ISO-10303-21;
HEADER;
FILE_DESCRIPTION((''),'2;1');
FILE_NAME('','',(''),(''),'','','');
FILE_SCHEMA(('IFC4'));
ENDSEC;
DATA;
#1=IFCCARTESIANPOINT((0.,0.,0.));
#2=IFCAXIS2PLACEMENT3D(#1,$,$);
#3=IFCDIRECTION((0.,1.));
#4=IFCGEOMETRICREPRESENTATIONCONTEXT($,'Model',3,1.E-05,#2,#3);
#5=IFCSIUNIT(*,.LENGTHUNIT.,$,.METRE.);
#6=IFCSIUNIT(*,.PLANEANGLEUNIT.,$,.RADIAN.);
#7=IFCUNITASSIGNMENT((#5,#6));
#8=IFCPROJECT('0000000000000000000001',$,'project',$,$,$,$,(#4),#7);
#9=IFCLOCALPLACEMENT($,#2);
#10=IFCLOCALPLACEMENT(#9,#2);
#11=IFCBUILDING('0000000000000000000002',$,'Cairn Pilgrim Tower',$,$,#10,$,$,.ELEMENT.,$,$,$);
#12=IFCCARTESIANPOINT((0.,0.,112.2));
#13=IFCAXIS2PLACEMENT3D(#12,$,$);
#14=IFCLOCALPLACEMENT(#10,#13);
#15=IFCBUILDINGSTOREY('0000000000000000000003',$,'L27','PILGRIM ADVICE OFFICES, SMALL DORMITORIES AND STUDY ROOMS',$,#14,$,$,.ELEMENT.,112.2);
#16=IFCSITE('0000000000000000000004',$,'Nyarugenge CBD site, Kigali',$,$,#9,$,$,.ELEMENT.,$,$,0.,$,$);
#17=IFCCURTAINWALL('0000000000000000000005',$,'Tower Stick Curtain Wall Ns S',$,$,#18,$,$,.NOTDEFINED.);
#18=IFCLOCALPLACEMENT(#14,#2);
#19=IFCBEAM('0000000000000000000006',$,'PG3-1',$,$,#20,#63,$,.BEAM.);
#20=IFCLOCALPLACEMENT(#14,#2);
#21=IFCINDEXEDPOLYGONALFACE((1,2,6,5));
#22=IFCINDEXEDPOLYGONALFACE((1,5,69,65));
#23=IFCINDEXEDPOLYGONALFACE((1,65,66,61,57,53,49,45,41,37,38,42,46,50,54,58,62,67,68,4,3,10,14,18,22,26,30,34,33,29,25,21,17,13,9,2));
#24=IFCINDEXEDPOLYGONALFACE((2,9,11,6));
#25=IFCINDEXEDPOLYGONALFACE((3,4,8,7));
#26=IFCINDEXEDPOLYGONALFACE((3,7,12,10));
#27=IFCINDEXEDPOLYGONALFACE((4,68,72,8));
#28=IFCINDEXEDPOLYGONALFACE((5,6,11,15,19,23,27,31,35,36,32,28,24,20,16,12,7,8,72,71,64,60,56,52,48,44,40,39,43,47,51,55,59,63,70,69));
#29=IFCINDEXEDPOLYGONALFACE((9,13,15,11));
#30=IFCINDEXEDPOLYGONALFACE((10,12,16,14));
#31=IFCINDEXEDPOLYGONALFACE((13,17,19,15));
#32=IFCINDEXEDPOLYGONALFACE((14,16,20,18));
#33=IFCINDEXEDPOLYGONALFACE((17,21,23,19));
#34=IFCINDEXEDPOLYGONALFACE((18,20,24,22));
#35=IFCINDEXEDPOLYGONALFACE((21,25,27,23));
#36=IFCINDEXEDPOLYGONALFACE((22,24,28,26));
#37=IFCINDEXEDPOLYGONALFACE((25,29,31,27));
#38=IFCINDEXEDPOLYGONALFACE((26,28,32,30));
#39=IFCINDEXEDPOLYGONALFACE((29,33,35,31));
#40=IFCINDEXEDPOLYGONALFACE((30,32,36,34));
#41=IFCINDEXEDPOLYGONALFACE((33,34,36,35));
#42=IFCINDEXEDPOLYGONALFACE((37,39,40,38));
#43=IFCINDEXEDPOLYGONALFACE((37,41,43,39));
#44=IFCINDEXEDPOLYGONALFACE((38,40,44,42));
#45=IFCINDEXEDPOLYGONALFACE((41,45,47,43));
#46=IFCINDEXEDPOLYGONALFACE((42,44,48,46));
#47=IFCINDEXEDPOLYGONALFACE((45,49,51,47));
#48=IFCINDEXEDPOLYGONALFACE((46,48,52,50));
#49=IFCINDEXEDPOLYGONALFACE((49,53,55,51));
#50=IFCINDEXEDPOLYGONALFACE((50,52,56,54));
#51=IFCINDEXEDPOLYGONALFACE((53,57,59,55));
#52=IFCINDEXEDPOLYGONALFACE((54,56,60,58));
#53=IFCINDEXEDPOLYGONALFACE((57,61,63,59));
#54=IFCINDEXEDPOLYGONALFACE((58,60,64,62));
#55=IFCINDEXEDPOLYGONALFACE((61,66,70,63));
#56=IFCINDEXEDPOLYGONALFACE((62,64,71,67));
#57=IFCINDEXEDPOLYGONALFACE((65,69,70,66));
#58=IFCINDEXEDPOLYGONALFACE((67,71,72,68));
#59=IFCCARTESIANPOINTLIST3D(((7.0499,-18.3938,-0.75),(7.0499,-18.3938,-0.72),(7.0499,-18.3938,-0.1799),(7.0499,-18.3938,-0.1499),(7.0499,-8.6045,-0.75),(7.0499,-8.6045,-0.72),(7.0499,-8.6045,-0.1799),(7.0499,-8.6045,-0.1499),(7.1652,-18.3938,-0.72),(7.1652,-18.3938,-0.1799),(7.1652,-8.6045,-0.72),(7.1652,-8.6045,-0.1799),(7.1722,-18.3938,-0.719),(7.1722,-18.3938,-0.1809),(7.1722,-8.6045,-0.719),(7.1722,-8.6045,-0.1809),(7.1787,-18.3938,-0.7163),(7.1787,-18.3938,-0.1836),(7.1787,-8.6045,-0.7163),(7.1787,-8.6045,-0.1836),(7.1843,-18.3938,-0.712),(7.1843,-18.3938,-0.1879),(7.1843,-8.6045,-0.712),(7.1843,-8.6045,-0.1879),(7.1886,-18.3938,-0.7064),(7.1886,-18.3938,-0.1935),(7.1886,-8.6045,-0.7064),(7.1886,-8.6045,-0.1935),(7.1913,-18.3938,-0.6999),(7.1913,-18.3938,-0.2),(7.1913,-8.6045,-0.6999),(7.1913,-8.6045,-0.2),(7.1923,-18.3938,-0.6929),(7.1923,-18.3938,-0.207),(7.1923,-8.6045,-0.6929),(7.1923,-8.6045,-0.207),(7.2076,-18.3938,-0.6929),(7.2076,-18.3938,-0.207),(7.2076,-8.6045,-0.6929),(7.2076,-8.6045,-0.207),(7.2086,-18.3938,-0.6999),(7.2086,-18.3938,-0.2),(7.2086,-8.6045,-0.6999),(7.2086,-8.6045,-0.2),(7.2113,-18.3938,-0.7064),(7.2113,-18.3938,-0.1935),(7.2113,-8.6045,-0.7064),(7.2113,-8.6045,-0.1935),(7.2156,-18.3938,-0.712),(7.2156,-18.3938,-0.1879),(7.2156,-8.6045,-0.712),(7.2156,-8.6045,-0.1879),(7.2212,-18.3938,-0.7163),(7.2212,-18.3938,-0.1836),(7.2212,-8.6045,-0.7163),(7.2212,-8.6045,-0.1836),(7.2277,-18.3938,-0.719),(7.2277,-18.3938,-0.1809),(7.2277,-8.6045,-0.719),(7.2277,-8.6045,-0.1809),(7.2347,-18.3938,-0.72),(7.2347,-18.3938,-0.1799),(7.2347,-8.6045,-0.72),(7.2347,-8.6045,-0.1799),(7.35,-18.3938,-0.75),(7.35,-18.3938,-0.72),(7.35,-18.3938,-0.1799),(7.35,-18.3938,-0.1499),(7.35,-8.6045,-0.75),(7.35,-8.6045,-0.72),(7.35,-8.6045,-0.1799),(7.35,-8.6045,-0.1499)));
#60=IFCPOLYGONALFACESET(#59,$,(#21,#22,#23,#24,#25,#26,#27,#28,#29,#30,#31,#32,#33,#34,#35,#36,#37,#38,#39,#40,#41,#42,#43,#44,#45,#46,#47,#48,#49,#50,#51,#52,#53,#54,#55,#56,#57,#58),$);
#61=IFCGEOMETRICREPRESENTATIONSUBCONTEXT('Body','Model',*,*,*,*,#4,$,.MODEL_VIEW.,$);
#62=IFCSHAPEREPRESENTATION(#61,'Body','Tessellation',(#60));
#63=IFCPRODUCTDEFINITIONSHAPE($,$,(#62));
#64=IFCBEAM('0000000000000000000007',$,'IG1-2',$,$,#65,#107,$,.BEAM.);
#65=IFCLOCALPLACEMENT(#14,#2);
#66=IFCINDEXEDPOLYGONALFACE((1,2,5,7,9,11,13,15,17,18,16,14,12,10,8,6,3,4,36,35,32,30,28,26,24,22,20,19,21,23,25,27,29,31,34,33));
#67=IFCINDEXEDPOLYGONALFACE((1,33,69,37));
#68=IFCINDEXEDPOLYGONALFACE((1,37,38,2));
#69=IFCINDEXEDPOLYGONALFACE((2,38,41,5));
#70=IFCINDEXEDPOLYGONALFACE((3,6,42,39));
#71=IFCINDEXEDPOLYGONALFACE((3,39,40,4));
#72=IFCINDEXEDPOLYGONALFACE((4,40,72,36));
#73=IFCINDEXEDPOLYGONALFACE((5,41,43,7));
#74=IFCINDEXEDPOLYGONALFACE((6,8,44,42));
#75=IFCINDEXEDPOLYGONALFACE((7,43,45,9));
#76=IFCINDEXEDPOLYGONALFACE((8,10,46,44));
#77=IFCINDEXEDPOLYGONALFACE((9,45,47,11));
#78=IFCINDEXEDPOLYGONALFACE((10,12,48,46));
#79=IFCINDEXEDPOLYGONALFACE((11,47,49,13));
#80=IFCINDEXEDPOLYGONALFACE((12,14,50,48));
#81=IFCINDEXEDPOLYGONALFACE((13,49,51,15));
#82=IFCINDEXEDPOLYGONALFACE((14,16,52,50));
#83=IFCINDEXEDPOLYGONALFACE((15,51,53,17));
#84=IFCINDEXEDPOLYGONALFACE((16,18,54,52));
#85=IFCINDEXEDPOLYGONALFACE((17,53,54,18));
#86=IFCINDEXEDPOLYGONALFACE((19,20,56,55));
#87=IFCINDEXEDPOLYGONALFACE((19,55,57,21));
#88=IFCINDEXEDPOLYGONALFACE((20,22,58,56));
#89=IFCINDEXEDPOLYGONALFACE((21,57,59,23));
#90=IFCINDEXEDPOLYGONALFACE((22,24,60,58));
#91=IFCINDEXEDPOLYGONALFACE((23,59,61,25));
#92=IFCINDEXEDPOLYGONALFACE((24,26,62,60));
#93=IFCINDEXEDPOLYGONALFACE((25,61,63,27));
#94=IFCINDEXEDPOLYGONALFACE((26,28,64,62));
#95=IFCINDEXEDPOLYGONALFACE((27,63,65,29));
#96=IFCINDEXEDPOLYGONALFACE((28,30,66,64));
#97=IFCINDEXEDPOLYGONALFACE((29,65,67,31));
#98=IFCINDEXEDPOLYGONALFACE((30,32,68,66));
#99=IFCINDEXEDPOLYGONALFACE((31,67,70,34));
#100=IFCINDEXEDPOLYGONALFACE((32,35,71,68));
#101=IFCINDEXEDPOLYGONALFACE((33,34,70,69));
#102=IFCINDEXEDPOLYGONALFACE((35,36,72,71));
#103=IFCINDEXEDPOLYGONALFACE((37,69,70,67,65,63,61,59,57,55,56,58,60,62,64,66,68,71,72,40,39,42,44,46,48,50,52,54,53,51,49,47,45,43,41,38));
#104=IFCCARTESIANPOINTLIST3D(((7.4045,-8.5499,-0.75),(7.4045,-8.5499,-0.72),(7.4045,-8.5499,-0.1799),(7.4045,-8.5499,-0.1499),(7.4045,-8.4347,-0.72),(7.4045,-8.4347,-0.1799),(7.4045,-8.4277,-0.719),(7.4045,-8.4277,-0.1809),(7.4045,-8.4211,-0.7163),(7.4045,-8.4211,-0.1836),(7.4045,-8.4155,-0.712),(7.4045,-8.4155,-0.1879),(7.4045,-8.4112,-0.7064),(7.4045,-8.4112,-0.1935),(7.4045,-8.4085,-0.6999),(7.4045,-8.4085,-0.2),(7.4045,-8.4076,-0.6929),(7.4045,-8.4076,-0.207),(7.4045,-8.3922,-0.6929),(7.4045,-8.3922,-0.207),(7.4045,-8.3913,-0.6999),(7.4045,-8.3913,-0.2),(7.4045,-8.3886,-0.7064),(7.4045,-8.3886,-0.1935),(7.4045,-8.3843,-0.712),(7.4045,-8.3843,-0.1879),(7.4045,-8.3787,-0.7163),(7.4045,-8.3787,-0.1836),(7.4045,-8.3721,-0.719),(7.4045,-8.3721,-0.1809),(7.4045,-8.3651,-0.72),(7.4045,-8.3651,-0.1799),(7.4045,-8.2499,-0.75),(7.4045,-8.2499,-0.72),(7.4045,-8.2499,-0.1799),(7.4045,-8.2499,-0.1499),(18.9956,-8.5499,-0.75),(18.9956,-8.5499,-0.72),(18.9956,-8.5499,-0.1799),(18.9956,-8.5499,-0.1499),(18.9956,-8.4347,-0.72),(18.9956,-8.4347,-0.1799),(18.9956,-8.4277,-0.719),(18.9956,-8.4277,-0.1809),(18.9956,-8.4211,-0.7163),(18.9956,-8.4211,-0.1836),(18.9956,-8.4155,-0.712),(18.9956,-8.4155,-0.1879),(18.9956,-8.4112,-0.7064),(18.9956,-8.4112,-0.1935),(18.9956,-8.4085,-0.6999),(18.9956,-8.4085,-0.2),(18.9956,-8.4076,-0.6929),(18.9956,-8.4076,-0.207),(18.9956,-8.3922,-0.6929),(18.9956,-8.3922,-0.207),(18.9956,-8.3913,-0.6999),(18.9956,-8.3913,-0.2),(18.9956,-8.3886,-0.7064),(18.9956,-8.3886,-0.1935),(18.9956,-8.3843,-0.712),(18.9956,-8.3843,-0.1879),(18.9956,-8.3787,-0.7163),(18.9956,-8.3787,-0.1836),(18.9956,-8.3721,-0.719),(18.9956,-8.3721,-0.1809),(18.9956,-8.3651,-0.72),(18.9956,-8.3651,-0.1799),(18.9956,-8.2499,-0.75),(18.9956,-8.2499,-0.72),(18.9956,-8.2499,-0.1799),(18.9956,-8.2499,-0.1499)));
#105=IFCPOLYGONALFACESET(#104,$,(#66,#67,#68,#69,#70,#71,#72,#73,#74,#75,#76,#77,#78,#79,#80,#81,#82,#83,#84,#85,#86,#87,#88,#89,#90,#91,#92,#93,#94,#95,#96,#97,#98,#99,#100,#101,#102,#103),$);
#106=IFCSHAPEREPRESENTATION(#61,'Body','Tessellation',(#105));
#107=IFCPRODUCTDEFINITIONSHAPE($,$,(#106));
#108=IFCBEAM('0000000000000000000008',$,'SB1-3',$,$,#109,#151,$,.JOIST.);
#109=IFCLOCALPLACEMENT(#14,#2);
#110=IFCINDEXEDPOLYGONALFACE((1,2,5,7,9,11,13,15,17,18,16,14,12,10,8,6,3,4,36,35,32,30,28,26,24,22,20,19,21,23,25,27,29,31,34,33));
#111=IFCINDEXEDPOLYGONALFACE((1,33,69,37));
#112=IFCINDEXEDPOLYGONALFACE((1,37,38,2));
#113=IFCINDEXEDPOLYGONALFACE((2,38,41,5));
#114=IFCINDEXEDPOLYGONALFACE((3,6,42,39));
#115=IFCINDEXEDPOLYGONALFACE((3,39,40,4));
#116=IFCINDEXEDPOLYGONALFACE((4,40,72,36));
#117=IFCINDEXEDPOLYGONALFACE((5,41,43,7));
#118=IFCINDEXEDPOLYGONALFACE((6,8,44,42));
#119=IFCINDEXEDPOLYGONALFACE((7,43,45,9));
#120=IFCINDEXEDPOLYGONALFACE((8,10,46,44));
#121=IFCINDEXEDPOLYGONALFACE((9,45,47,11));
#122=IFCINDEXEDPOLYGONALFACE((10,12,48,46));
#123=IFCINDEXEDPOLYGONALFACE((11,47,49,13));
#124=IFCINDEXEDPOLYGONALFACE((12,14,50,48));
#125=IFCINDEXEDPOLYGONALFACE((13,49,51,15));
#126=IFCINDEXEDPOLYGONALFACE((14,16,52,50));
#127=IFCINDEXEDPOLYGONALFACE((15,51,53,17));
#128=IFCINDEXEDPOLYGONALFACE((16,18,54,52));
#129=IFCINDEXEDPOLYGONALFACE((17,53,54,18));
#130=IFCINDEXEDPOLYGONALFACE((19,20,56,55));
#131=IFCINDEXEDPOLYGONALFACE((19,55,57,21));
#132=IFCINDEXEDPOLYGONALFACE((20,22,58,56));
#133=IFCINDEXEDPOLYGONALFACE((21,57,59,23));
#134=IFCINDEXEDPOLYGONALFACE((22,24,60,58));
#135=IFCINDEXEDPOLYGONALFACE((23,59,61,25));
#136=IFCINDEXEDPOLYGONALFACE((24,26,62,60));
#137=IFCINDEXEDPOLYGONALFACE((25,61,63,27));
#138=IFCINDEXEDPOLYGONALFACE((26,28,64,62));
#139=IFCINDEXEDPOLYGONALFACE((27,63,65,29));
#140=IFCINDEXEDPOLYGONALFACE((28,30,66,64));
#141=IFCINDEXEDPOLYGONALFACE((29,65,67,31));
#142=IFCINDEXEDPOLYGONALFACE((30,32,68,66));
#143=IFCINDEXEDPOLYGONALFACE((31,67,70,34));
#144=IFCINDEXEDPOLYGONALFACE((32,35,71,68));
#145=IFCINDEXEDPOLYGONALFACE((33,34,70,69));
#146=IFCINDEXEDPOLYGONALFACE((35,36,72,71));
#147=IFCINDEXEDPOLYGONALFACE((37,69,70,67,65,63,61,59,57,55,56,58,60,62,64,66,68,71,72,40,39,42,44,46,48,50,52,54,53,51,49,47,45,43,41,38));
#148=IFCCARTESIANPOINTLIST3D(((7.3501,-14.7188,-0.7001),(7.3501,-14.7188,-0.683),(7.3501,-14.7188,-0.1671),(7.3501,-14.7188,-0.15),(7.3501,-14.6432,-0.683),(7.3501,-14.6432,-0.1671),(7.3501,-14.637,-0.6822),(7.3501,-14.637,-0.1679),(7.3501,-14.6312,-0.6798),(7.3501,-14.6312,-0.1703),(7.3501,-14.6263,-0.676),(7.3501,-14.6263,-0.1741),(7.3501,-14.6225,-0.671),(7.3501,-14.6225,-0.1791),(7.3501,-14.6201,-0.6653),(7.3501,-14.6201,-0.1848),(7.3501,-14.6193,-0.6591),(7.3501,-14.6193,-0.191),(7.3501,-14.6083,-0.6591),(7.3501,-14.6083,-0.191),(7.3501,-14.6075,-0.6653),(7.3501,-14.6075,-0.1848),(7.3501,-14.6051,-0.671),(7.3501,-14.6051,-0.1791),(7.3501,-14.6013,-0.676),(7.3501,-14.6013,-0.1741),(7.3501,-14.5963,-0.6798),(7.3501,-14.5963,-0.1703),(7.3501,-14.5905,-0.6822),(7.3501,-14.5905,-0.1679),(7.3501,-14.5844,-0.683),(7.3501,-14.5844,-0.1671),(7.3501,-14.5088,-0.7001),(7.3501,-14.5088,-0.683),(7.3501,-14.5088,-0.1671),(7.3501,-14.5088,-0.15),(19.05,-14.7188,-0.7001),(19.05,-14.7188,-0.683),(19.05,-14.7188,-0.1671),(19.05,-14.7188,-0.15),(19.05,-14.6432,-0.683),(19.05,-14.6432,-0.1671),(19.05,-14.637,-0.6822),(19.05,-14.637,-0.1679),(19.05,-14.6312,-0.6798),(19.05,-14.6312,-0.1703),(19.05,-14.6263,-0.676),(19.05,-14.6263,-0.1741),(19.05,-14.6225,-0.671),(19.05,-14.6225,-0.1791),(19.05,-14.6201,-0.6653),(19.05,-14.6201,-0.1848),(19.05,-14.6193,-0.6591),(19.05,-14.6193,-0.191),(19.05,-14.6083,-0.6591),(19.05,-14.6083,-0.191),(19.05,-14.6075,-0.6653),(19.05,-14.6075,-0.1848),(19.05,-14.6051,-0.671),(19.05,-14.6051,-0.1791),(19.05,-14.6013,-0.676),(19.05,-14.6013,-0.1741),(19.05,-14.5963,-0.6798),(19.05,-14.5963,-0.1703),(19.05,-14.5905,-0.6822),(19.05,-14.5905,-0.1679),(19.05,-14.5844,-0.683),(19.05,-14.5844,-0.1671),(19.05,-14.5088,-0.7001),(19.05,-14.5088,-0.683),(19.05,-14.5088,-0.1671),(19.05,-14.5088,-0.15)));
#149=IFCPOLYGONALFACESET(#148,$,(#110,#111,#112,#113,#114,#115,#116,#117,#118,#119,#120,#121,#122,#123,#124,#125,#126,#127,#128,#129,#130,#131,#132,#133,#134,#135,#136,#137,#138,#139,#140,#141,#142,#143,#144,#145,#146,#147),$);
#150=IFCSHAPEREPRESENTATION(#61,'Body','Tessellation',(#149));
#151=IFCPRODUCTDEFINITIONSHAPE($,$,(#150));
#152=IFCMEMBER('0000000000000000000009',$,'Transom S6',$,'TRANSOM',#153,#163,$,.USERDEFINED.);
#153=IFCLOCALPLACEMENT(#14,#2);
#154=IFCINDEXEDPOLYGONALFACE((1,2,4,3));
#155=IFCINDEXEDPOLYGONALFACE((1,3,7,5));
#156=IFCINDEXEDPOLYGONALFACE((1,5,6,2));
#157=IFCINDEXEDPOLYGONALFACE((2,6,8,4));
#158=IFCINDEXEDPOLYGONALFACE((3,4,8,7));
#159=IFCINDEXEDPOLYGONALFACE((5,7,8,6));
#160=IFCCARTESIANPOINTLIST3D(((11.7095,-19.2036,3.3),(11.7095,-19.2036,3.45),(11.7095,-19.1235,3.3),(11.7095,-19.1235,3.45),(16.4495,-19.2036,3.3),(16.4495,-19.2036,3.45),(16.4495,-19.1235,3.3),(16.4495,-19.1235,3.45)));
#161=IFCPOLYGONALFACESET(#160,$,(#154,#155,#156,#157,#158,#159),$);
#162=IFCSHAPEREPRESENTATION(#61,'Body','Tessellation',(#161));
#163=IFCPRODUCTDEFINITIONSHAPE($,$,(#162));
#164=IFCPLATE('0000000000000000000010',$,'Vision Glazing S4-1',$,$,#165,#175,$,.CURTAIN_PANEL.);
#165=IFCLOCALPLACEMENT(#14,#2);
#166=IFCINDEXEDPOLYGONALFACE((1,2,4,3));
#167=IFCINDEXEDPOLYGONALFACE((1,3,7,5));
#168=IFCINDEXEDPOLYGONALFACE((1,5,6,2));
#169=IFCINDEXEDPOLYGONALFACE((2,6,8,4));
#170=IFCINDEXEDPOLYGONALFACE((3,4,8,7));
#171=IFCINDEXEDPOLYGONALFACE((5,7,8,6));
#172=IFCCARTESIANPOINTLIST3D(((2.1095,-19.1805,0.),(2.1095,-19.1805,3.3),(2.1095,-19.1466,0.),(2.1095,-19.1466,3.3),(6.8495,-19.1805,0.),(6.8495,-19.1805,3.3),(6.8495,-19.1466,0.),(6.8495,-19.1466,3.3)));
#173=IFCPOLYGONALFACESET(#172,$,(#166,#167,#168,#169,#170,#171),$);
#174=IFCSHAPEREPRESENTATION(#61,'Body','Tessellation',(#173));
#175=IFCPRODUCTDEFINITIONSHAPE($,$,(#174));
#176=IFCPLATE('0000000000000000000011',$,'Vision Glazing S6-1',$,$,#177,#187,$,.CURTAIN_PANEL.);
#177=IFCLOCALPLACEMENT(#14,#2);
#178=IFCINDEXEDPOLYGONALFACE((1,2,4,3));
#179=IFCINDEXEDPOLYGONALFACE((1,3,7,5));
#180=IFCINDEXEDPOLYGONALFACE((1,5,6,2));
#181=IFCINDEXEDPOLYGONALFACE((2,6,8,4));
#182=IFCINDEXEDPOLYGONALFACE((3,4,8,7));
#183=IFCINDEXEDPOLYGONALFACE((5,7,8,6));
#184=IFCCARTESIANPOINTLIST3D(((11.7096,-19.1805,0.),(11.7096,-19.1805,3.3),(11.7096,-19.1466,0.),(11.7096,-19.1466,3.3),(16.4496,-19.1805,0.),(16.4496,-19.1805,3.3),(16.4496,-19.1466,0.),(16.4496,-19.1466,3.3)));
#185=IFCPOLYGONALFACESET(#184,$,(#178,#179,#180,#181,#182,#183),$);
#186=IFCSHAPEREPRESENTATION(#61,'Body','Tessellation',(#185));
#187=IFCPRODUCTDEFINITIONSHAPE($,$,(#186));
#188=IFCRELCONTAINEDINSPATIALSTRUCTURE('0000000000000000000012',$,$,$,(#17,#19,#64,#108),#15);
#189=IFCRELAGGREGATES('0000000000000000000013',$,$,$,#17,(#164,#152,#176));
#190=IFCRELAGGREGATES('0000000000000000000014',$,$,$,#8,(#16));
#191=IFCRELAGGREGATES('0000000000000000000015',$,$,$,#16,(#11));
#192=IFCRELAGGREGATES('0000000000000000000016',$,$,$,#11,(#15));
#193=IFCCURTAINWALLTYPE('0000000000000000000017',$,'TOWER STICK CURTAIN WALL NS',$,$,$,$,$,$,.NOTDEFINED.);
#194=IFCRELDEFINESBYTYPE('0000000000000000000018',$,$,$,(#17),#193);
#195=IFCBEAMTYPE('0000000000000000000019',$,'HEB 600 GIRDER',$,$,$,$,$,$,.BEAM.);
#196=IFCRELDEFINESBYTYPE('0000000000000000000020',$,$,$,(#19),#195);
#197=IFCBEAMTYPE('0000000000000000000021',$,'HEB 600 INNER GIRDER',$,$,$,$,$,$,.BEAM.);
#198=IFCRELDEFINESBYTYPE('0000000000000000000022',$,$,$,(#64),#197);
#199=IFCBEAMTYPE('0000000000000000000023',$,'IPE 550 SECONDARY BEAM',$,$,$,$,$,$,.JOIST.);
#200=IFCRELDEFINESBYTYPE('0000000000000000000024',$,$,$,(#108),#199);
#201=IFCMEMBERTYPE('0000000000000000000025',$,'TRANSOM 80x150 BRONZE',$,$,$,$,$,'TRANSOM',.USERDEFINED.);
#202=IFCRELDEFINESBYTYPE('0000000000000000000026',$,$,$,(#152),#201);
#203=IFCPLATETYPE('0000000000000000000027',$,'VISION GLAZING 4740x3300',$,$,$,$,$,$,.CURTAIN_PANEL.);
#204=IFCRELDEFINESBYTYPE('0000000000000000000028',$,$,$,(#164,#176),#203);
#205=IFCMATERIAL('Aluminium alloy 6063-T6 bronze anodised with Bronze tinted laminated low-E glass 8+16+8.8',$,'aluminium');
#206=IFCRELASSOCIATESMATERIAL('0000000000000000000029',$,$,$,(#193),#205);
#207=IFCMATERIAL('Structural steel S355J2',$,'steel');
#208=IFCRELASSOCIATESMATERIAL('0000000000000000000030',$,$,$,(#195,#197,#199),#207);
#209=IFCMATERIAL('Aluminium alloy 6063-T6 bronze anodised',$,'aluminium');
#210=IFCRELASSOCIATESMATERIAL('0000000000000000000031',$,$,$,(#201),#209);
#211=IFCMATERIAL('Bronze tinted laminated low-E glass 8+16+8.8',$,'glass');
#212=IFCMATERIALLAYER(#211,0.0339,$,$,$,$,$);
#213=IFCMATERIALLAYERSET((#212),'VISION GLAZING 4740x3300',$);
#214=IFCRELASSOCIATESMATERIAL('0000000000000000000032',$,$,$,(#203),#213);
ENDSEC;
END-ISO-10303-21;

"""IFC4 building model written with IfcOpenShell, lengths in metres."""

from ifc_helpers import new_model, si_unit, direction, frame, origin, origin_2d, place, context, subcontext, project, spatial, rectangle, i_section, extrude, material, layer, layer_set, material_profile, profile_set, type_object, element, aggregate, save


model = new_model("IFC4")

# Units and contexts
model_context = context("Model", 3, precision=1e-05, world=origin(), true_north=direction((0.0, 1.0)))
body_context = subcontext(model_context, "Body", "Model", "MODEL_VIEW")
ifc_project = project(units=[si_unit("LENGTHUNIT", "METRE"), si_unit("PLANEANGLEUNIT", "RADIAN")], contexts=[model_context])

# Site, building, storey
site_placement = place(None, origin())
site = spatial("IfcSite", under=ifc_project, at=site_placement, Name="Nyarugenge CBD site, Kigali", CompositionType="ELEMENT", RefElevation=0.0)
building_placement = place(site_placement, origin())
building = spatial("IfcBuilding", under=site, at=building_placement, Name="Cairn Pilgrim Tower", CompositionType="ELEMENT")
storey_placement = place(building_placement, frame((0.0, 0.0, 112.2)))
storey = spatial("IfcBuildingStorey", under=building, at=storey_placement, Name="L27", Description="PILGRIM ADVICE OFFICES, SMALL DORMITORIES AND STUDY ROOMS", CompositionType="ELEMENT", Elevation=112.2)

# Curtain wall
ifc_material_1 = material(Name="Aluminium alloy 6063-T6 bronze anodised with Bronze tinted laminated low-E glass 8+16+8.8", Category="aluminium")
curtain_wall_type = type_object("IfcCurtainWallType", Name="TOWER STICK CURTAIN WALL NS", PredefinedType="NOTDEFINED", material=ifc_material_1)
curtain_wall_placement = place(storey_placement, origin())
curtain_wall = element("IfcCurtainWall", 1, at=curtain_wall_placement, inside=storey, type_object=curtain_wall_type, Name="Tower Stick Curtain Wall Ns S", PredefinedType="NOTDEFINED")
ifc_material_2 = material(Name="Aluminium alloy 6063-T6 bronze anodised", Category="aluminium")

# Beams
ifc_material_3 = material(Name="Structural steel S355J2", Category="steel")
ifc_material_profile_1 = material_profile(ifc_material_3, i_section(OverallWidth=0.3, OverallDepth=0.6001, WebThickness=0.0154, FlangeThickness=0.03, FilletRadius=0.0271, at=origin_2d()), Name="HEB 600")
ifc_profile_set_1 = profile_set([ifc_material_profile_1], Name="Structural steel S355J2")
beam_type_1 = type_object("IfcBeamType", Name="HEB 600 GIRDER", PredefinedType="BEAM", material=ifc_profile_set_1)
beam_1_placement = place(storey_placement, frame((7.2, -18.3938, -0.45), z_axis=(0.0, 1.0, 0.0), x_axis=(-1.0, 0.0, 0.0)))
element("IfcBeam", 2, at=beam_1_placement, inside=storey, type_object=beam_type_1, Name="PG3-1", PredefinedType="BEAM", context=body_context, shape_type="SweptSolid", body=[
    extrude(i_section(OverallWidth=0.3, OverallDepth=0.6001, WebThickness=0.0154, FlangeThickness=0.03, FilletRadius=0.0271, at=origin_2d()), origin(), (0.0, 0.0, 1.0), 9.7893),
])
ifc_material_profile_2 = material_profile(ifc_material_3, i_section(OverallWidth=0.3, OverallDepth=0.6001, WebThickness=0.0154, FlangeThickness=0.03, FilletRadius=0.0271, at=origin_2d()), Name="HEB 600")
ifc_profile_set_2 = profile_set([ifc_material_profile_2], Name="Structural steel S355J2")
beam_type_2 = type_object("IfcBeamType", Name="HEB 600 INNER GIRDER", PredefinedType="BEAM", material=ifc_profile_set_2)
beam_2_placement = place(storey_placement, frame((7.4045, -8.3999, -0.45), z_axis=(1.0, 0.0, 0.0), x_axis=(0.0, 1.0, 0.0)))
element("IfcBeam", 3, at=beam_2_placement, inside=storey, type_object=beam_type_2, Name="IG1-2", PredefinedType="BEAM", context=body_context, shape_type="SweptSolid", body=[
    extrude(i_section(OverallWidth=0.3, OverallDepth=0.6001, WebThickness=0.0154, FlangeThickness=0.03, FilletRadius=0.0271, at=origin_2d()), origin(), (0.0, 0.0, 1.0), 11.5911),
])
ifc_material_profile_3 = material_profile(ifc_material_3, i_section(OverallWidth=0.21, OverallDepth=0.55, WebThickness=0.011, FlangeThickness=0.0171, FilletRadius=0.0239, at=origin_2d()), Name="IPE 550")
ifc_profile_set_3 = profile_set([ifc_material_profile_3], Name="Structural steel S355J2")
beam_type_3 = type_object("IfcBeamType", Name="IPE 550 SECONDARY BEAM", PredefinedType="JOIST", material=ifc_profile_set_3)
beam_3_placement = place(storey_placement, frame((7.3501, -14.6138, -0.425), z_axis=(1.0, 0.0, 0.0), x_axis=(0.0, 1.0, 0.0)))
element("IfcBeam", 4, at=beam_3_placement, inside=storey, type_object=beam_type_3, Name="SB1-3", PredefinedType="JOIST", context=body_context, shape_type="SweptSolid", body=[
    extrude(i_section(OverallWidth=0.21, OverallDepth=0.55, WebThickness=0.011, FlangeThickness=0.0171, FilletRadius=0.0239, at=origin_2d()), origin(), (0.0, 0.0, 1.0), 11.7),
])

# Member
ifc_material_profile_4 = material_profile(ifc_material_2, rectangle(XDim=0.0801, YDim=0.1499, at=origin_2d()), Name="TRANSOM 80x150 BRONZE")
ifc_profile_set_4 = profile_set([ifc_material_profile_4], Name="Aluminium alloy 6063-T6 bronze anodised")
member_type_1 = type_object("IfcMemberType", Name="TRANSOM 80x150 BRONZE", ElementType="TRANSOM", PredefinedType="USERDEFINED", material=ifc_profile_set_4)
member_1_placement = place(storey_placement, frame((11.7095, -19.1636, 3.375), z_axis=(1.0, 0.0, 0.0), x_axis=(0.0, 1.0, 0.0)))
member_1 = element("IfcMember", 5, at=member_1_placement, type_object=member_type_1, Name="Transom S6", ObjectType="TRANSOM", PredefinedType="USERDEFINED", context=body_context, shape_type="SweptSolid", body=[
    extrude(rectangle(XDim=0.0801, YDim=0.1499, at=origin_2d()), origin(), (0.0, 0.0, 1.0), 4.74),
])

# Plates
ifc_material_4 = material(Name="Bronze tinted laminated low-E glass 8+16+8.8", Category="glass")
ifc_layer_1 = layer(ifc_material_4, 0.0339)
ifc_layer_set_1 = layer_set([ifc_layer_1], Name="VISION GLAZING 4740x3300")
plate_type = type_object("IfcPlateType", Name="VISION GLAZING 4740x3300", PredefinedType="CURTAIN_PANEL", material=ifc_layer_set_1)
plate_1_placement = place(storey_placement, frame((4.4795, -19.1636, 0.0), z_axis=(0.0, 0.0, 1.0), x_axis=(1.0, 0.0, 0.0)))
plate_1 = element("IfcPlate", 6, at=plate_1_placement, type_object=plate_type, Name="Vision Glazing S4-1", PredefinedType="CURTAIN_PANEL", context=body_context, shape_type="SweptSolid", body=[
    extrude(rectangle(XDim=4.74, YDim=0.0339, at=origin_2d()), origin(), (0.0, 0.0, 1.0), 3.3),
])
plate_2_placement = place(storey_placement, frame((14.0796, -19.1636, 0.0), z_axis=(0.0, 0.0, 1.0), x_axis=(1.0, 0.0, 0.0)))
plate_2 = element("IfcPlate", 7, at=plate_2_placement, type_object=plate_type, Name="Vision Glazing S6-1", PredefinedType="CURTAIN_PANEL", context=body_context, shape_type="SweptSolid", body=[
    extrude(rectangle(XDim=4.74, YDim=0.0339, at=origin_2d()), origin(), (0.0, 0.0, 1.0), 3.3),
])
aggregate(curtain_wall, [plate_1, member_1, plate_2])

save(model, "model.ifc")
